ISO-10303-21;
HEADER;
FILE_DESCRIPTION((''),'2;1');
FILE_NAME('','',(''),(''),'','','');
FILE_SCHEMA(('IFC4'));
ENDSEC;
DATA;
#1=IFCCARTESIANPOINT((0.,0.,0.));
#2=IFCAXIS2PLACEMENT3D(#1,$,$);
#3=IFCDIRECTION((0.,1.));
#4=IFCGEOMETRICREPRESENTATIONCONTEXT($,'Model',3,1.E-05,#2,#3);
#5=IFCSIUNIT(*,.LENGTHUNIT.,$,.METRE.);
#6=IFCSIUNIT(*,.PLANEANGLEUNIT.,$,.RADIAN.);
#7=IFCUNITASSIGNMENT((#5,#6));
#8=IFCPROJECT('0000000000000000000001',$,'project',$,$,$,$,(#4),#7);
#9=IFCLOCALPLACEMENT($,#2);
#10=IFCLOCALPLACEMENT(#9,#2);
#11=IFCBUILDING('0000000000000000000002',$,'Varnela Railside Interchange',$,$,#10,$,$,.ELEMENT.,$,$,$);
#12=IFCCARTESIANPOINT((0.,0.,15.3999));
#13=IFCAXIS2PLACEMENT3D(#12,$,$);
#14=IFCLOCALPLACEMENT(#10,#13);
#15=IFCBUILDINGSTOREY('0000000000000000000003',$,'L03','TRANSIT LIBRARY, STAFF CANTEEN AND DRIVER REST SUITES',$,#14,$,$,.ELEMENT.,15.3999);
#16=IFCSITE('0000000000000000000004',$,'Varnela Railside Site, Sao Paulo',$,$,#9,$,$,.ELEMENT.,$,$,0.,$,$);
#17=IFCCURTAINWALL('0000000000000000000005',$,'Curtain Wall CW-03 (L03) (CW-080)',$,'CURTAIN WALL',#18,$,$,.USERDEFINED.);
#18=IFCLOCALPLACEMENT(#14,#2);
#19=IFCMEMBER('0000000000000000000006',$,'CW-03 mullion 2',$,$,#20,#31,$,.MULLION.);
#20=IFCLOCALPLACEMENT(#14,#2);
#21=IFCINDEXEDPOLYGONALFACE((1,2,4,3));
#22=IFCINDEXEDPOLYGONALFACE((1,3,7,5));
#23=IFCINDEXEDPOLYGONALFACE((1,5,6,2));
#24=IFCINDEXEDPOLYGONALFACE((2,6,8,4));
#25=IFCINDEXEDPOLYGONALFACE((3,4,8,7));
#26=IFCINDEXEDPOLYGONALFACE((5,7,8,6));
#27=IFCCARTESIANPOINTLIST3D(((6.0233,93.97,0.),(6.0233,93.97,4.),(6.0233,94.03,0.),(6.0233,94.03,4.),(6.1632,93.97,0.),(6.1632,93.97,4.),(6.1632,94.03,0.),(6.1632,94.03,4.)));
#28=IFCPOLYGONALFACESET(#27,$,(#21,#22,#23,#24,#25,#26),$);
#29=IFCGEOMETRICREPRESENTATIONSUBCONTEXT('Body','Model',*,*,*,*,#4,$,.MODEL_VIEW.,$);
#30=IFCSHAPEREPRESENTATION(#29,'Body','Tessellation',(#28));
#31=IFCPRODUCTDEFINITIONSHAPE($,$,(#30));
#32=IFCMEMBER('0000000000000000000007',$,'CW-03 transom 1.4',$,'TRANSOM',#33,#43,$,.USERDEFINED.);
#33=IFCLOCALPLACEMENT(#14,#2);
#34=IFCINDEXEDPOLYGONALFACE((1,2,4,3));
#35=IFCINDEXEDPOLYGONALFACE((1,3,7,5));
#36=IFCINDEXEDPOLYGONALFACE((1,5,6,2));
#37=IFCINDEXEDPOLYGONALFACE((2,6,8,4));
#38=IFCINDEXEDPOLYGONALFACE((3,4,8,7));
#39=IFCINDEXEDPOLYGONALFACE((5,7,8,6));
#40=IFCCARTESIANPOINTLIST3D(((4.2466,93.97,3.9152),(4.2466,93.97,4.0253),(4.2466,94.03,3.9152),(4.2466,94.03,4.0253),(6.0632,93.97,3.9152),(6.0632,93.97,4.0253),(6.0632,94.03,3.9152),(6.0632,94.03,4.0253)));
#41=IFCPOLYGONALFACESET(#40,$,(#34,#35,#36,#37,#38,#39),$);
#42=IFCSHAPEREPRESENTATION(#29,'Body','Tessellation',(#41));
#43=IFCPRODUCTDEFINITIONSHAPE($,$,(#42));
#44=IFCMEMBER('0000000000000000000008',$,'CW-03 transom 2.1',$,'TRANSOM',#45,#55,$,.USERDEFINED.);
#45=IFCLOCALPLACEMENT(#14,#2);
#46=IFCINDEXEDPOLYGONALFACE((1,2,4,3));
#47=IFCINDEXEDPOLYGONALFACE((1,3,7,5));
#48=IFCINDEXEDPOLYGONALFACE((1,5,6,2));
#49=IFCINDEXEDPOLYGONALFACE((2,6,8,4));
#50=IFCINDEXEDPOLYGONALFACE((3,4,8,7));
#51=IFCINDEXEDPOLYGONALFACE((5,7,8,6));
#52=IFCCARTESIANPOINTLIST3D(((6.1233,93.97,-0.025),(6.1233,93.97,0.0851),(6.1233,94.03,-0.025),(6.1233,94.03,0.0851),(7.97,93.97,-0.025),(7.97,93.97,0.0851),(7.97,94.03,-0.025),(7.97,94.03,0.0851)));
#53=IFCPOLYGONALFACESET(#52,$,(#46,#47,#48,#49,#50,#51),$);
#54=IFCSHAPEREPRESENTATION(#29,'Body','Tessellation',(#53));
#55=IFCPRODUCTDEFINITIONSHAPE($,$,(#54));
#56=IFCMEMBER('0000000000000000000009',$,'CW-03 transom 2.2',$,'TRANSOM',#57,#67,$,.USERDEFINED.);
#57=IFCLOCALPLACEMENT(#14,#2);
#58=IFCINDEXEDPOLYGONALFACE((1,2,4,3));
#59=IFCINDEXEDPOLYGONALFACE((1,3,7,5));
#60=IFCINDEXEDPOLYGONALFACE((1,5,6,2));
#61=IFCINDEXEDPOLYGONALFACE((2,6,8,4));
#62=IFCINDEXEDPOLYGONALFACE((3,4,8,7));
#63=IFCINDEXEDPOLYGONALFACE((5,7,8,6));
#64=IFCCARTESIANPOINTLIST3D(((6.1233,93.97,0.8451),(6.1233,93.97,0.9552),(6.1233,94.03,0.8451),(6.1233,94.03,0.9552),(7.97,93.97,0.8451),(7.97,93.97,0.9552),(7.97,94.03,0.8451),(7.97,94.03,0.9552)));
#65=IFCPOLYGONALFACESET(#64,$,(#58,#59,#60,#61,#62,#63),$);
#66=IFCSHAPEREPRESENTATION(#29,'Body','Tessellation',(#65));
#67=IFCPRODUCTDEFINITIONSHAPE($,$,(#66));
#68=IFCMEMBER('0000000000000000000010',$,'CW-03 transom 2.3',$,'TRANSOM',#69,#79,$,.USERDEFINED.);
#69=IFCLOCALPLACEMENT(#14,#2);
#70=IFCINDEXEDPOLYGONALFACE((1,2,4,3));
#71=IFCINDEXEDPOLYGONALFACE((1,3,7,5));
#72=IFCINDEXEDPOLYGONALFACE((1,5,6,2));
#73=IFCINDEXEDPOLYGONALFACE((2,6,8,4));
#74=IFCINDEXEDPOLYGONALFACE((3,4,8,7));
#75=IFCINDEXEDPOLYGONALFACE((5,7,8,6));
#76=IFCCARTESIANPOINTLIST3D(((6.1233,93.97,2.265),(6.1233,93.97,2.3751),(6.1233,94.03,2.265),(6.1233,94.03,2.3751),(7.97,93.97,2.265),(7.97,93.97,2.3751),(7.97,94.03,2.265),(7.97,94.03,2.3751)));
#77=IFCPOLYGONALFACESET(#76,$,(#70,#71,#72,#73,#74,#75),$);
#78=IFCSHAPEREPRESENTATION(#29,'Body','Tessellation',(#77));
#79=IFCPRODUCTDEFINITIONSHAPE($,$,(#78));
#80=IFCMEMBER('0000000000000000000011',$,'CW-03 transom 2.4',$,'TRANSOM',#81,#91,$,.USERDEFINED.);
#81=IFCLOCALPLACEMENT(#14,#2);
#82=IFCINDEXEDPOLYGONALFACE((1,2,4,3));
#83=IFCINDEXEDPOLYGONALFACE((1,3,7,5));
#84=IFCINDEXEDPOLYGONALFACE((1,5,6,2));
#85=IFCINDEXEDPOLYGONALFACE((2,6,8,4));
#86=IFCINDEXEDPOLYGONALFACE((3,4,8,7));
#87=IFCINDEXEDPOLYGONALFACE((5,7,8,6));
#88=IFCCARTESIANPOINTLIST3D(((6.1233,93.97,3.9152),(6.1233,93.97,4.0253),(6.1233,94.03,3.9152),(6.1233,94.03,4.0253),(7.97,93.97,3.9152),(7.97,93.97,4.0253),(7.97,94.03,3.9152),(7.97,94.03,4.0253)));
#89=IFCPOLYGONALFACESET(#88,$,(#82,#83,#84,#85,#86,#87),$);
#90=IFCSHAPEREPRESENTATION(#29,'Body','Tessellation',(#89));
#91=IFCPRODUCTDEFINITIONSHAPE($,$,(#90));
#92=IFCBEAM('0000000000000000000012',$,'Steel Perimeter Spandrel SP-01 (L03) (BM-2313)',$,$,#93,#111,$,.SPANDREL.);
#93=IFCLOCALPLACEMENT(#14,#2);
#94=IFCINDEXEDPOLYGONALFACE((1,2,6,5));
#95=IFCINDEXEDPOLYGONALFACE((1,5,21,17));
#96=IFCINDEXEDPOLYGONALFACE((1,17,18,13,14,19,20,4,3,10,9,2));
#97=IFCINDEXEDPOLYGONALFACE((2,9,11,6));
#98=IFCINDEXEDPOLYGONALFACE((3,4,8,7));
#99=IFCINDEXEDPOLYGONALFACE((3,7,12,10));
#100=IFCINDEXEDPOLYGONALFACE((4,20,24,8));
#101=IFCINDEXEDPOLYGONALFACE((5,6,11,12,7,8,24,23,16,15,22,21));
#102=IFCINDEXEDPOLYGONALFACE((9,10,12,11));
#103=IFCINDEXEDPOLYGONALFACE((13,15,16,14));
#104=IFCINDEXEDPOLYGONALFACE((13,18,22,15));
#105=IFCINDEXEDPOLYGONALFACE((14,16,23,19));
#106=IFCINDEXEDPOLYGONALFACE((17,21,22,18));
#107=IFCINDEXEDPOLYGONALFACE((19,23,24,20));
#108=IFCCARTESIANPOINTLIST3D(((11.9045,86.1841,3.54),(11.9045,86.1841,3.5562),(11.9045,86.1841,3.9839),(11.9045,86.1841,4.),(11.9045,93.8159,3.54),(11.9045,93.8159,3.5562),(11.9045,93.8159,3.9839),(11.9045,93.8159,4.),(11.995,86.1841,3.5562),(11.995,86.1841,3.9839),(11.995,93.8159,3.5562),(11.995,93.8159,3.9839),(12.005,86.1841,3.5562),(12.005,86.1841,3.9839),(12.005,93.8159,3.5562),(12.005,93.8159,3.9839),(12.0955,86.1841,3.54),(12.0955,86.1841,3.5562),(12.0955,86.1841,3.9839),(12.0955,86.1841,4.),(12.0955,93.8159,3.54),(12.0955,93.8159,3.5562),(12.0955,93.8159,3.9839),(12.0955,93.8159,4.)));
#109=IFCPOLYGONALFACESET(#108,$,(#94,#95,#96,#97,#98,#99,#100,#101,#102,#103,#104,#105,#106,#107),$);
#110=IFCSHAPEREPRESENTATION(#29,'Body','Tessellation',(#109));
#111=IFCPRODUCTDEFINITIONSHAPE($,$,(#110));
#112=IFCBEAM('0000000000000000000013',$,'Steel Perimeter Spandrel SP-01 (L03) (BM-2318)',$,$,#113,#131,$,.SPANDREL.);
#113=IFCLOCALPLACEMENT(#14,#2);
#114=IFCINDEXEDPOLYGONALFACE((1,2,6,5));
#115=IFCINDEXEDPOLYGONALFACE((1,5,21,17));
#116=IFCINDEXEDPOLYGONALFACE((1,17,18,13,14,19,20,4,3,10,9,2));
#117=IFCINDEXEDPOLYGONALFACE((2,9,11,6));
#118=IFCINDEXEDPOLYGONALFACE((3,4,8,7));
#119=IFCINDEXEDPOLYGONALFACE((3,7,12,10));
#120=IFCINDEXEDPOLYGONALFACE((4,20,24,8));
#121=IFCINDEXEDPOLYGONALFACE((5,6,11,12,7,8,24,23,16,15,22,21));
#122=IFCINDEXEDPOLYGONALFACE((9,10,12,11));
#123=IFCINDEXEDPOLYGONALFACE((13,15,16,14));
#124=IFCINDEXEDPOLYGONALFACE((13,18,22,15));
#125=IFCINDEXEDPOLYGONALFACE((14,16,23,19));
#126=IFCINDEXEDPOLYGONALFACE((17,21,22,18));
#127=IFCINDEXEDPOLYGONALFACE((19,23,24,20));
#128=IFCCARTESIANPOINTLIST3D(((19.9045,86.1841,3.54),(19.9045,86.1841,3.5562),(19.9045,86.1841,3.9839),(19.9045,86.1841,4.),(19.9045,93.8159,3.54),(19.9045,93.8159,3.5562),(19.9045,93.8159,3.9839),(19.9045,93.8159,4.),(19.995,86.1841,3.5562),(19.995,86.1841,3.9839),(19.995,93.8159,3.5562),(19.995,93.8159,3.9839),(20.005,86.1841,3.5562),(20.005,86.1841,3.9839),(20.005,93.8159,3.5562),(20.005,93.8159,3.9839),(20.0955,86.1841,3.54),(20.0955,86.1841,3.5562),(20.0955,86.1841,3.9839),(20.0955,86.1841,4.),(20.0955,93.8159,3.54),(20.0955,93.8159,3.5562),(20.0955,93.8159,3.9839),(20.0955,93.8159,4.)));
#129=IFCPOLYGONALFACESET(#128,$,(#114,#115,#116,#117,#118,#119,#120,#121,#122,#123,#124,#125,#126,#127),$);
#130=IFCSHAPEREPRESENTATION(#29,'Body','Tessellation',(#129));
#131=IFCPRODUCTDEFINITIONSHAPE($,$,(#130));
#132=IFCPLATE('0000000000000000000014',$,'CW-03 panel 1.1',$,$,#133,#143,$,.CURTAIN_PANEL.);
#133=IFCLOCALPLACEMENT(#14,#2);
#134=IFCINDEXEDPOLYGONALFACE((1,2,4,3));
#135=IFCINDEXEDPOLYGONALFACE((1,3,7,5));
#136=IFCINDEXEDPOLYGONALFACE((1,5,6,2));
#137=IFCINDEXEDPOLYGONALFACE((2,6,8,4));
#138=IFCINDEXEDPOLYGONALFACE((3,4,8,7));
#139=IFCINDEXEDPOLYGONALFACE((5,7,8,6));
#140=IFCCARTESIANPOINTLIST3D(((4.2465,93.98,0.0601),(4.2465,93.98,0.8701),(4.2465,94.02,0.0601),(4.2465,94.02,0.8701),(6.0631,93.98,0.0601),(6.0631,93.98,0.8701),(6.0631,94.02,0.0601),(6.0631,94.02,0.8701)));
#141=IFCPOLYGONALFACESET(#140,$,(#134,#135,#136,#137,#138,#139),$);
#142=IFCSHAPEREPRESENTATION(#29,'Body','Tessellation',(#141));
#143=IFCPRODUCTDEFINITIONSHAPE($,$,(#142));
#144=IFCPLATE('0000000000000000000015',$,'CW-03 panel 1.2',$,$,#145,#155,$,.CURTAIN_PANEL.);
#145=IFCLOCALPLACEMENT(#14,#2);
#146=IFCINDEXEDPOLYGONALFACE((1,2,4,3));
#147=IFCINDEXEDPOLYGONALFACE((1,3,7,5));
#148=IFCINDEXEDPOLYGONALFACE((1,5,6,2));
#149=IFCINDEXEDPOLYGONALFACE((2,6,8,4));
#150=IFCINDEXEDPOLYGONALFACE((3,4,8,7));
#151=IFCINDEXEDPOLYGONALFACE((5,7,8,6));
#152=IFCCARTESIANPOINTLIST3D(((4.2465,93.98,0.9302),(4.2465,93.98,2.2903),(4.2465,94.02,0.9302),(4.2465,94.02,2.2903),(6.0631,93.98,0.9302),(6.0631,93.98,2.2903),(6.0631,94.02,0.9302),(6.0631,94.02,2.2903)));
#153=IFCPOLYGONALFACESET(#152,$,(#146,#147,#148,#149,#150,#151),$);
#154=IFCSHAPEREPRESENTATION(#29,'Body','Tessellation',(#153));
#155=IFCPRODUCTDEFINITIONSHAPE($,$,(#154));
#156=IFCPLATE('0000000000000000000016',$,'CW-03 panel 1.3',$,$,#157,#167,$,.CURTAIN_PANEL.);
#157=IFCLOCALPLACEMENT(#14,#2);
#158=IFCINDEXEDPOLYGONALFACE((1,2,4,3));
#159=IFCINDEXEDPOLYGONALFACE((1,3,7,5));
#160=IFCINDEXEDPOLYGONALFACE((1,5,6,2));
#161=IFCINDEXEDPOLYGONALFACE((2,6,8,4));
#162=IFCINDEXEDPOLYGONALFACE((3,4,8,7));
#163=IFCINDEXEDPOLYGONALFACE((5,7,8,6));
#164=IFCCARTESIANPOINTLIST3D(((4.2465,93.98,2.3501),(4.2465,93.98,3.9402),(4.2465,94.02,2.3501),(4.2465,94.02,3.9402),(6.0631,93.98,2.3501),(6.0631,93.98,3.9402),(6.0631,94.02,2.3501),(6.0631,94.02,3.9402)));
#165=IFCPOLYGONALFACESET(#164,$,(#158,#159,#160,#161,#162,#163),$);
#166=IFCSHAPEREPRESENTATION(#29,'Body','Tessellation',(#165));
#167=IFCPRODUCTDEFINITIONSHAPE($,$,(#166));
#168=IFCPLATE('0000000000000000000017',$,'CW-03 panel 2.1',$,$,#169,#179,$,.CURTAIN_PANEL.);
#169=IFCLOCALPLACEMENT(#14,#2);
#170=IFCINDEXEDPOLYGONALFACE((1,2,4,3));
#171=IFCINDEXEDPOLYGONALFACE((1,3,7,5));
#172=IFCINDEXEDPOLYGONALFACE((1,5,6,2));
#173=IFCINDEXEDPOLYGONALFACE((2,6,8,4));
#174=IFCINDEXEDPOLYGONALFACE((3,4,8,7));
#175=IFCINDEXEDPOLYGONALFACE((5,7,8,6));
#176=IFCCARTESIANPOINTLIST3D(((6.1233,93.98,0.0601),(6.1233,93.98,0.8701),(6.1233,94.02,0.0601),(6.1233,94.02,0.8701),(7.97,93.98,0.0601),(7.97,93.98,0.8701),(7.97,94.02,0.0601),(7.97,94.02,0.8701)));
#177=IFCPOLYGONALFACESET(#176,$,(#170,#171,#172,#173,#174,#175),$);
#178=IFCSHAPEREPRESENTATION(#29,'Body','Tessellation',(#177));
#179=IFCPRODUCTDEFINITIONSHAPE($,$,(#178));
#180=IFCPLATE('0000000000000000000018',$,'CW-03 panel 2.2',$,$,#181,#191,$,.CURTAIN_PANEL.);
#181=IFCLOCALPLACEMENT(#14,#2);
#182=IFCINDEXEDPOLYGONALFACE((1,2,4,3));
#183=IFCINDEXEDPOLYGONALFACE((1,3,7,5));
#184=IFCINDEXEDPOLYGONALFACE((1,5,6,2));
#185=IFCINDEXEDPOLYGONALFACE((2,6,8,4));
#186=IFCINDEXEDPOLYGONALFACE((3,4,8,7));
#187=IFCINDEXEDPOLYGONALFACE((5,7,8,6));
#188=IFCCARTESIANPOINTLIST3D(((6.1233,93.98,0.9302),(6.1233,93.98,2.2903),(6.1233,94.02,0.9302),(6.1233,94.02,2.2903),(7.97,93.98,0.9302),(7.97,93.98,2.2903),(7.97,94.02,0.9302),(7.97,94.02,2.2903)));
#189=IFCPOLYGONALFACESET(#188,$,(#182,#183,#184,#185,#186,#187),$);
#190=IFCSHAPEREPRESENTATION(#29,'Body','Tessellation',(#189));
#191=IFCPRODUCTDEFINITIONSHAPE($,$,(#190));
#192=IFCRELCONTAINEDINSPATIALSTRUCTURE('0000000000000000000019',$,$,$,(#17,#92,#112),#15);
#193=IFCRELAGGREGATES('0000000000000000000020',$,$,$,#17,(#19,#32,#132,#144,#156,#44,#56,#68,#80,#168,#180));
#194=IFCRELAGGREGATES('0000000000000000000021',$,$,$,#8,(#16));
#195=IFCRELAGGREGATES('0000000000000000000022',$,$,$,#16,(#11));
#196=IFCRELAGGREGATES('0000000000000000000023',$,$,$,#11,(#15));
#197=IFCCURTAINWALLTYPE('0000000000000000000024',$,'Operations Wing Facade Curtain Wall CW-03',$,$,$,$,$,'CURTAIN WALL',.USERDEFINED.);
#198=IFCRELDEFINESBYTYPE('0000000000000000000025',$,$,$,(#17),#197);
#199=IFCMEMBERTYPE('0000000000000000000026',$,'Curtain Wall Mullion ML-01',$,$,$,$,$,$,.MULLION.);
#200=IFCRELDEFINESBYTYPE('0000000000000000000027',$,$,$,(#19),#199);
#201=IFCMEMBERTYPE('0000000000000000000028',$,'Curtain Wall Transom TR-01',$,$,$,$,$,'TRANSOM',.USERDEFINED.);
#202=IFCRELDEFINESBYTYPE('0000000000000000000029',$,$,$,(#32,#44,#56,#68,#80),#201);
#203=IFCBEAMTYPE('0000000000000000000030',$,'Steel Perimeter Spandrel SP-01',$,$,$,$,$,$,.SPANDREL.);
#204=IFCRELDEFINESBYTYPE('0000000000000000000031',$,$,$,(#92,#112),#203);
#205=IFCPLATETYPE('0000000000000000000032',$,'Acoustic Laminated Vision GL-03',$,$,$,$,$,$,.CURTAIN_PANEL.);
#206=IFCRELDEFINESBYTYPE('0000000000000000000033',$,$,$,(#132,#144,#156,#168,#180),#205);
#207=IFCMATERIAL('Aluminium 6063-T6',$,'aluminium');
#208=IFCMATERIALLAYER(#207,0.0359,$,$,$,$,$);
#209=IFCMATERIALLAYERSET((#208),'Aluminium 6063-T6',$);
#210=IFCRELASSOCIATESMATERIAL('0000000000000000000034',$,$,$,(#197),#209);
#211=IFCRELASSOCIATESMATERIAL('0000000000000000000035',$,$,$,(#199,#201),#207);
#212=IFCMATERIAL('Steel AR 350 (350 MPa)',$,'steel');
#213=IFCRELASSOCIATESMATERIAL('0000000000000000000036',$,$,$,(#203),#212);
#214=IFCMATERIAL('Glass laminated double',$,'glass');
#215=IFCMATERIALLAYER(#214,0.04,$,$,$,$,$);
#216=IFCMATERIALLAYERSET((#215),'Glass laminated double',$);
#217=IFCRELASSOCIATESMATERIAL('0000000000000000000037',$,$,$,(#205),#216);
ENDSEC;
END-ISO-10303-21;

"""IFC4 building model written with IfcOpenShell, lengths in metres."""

from ifc_helpers import new_model, si_unit, direction, frame, origin, origin_2d, place, context, subcontext, project, spatial, rectangle, i_section, extrude, material, layer, layer_set, material_profile, profile_set, type_object, element, aggregate, save


model = new_model("IFC4")

# Units and contexts
model_context = context("Model", 3, precision=1e-05, world=origin(), true_north=direction((0.0, 1.0)))
body_context = subcontext(model_context, "Body", "Model", "MODEL_VIEW")
ifc_project = project(units=[si_unit("LENGTHUNIT", "METRE"), si_unit("PLANEANGLEUNIT", "RADIAN")], contexts=[model_context])

# Site, building, storey
site_placement = place(None, origin())
site = spatial("IfcSite", under=ifc_project, at=site_placement, Name="Varnela Railside Site, Sao Paulo", CompositionType="ELEMENT", RefElevation=0.0)
building_placement = place(site_placement, origin())
building = spatial("IfcBuilding", under=site, at=building_placement, Name="Varnela Railside Interchange", CompositionType="ELEMENT")
storey_placement = place(building_placement, frame((0.0, 0.0, 15.3999)))
storey = spatial("IfcBuildingStorey", under=building, at=storey_placement, Name="L03", Description="TRANSIT LIBRARY, STAFF CANTEEN AND DRIVER REST SUITES", CompositionType="ELEMENT", Elevation=15.3999)

# Shared definitions
ifc_material_1 = material(Name="Steel AR 350 (350 MPa)", Category="steel")

# Curtain wall, members
ifc_material_2 = material(Name="Aluminium 6063-T6", Category="aluminium")
ifc_layer_1 = layer(ifc_material_2, 0.0359)
ifc_layer_set_1 = layer_set([ifc_layer_1], Name="Aluminium 6063-T6")
curtain_wall_type = type_object("IfcCurtainWallType", Name="Operations Wing Facade Curtain Wall CW-03", ElementType="CURTAIN WALL", PredefinedType="USERDEFINED", material=ifc_layer_set_1)
curtain_wall_placement = place(storey_placement, origin())
curtain_wall = element("IfcCurtainWall", 1, at=curtain_wall_placement, inside=storey, type_object=curtain_wall_type, Name="Curtain Wall CW-03 (L03) (CW-080)", ObjectType="CURTAIN WALL", PredefinedType="USERDEFINED")
ifc_material_profile_1 = material_profile(ifc_material_2, rectangle(XDim=0.0601, YDim=0.1399, at=origin_2d()), Name="ALU 60x140")
ifc_profile_set_1 = profile_set([ifc_material_profile_1], Name="Aluminium 6063-T6")
member_type_1 = type_object("IfcMemberType", Name="Curtain Wall Mullion ML-01", PredefinedType="MULLION", material=ifc_profile_set_1)
member_1_placement = place(storey_placement, frame((6.0933, 94.0, 0.0), z_axis=(0.0, 0.0, 1.0), x_axis=(0.0, 1.0, 0.0)))
member_1 = element("IfcMember", 2, at=member_1_placement, type_object=member_type_1, Name="CW-03 mullion 2", PredefinedType="MULLION", context=body_context, shape_type="SweptSolid", body=[
    extrude(rectangle(XDim=0.0601, YDim=0.1399, at=origin_2d()), origin(), (0.0, 0.0, 1.0), 4.0),
])
ifc_material_profile_2 = material_profile(ifc_material_2, rectangle(XDim=0.0601, YDim=0.1101, at=origin_2d()), Name="ALU 60x110")
ifc_profile_set_2 = profile_set([ifc_material_profile_2], Name="Aluminium 6063-T6")
member_type_2 = type_object("IfcMemberType", Name="Curtain Wall Transom TR-01", ElementType="TRANSOM", PredefinedType="USERDEFINED", material=ifc_profile_set_2)
member_2_placement = place(storey_placement, frame((4.2466, 94.0, 3.9702), z_axis=(1.0, 0.0, 0.0), x_axis=(0.0, 1.0, 0.0)))
member_2 = element("IfcMember", 3, at=member_2_placement, type_object=member_type_2, Name="CW-03 transom 1.4", ObjectType="TRANSOM", PredefinedType="USERDEFINED", context=body_context, shape_type="SweptSolid", body=[
    extrude(rectangle(XDim=0.0601, YDim=0.1101, at=origin_2d()), origin(), (0.0, 0.0, 1.0), 1.8167),
])
member_3_placement = place(storey_placement, frame((6.1233, 94.0, 0.03), z_axis=(1.0, 0.0, 0.0), x_axis=(0.0, 1.0, 0.0)))
member_3 = element("IfcMember", 4, at=member_3_placement, type_object=member_type_2, Name="CW-03 transom 2.1", ObjectType="TRANSOM", PredefinedType="USERDEFINED", context=body_context, shape_type="SweptSolid", body=[
    extrude(rectangle(XDim=0.0601, YDim=0.1101, at=origin_2d()), origin(), (0.0, 0.0, 1.0), 1.8467),
])
member_4_placement = place(storey_placement, frame((6.1233, 94.0, 0.9001), z_axis=(1.0, 0.0, 0.0), x_axis=(0.0, 1.0, 0.0)))
member_4 = element("IfcMember", 5, at=member_4_placement, type_object=member_type_2, Name="CW-03 transom 2.2", ObjectType="TRANSOM", PredefinedType="USERDEFINED", context=body_context, shape_type="SweptSolid", body=[
    extrude(rectangle(XDim=0.0601, YDim=0.1101, at=origin_2d()), origin(), (0.0, 0.0, 1.0), 1.8467),
])
member_5_placement = place(storey_placement, frame((6.1233, 94.0, 2.3201), z_axis=(1.0, 0.0, 0.0), x_axis=(0.0, 1.0, 0.0)))
member_5 = element("IfcMember", 6, at=member_5_placement, type_object=member_type_2, Name="CW-03 transom 2.3", ObjectType="TRANSOM", PredefinedType="USERDEFINED", context=body_context, shape_type="SweptSolid", body=[
    extrude(rectangle(XDim=0.0601, YDim=0.1101, at=origin_2d()), origin(), (0.0, 0.0, 1.0), 1.8467),
])
member_6_placement = place(storey_placement, frame((6.1233, 94.0, 3.9702), z_axis=(1.0, 0.0, 0.0), x_axis=(0.0, 1.0, 0.0)))
member_6 = element("IfcMember", 7, at=member_6_placement, type_object=member_type_2, Name="CW-03 transom 2.4", ObjectType="TRANSOM", PredefinedType="USERDEFINED", context=body_context, shape_type="SweptSolid", body=[
    extrude(rectangle(XDim=0.0601, YDim=0.1101, at=origin_2d()), origin(), (0.0, 0.0, 1.0), 1.8467),
])

# Beams
ifc_material_profile_3 = material_profile(ifc_material_1, i_section(OverallWidth=0.1909, OverallDepth=0.46, WebThickness=0.01, FlangeThickness=0.0161, at=origin_2d()), Name="W460x82")
ifc_profile_set_3 = profile_set([ifc_material_profile_3], Name="Steel AR 350 (350 MPa)")
beam_type_1 = type_object("IfcBeamType", Name="Steel Perimeter Spandrel SP-01", PredefinedType="SPANDREL", material=ifc_profile_set_3)
for number, where, z_axis, x_axis, name in (
    (8, (12.0, 86.1841, 3.77), (0.0, 1.0, 0.0), (-1.0, 0.0, 0.0), "Steel Perimeter Spandrel SP-01 (L03) (BM-2313)"),
    (9, (20.0, 86.1841, 3.77), (0.0, 1.0, 0.0), (-1.0, 0.0, 0.0), "Steel Perimeter Spandrel SP-01 (L03) (BM-2318)"),
):
    element("IfcBeam", number, at=place(storey_placement, frame(where, z_axis=z_axis, x_axis=x_axis)), inside=storey, type_object=beam_type_1, Name=name, PredefinedType="SPANDREL", context=body_context, shape_type="SweptSolid", body=[
        extrude(i_section(OverallWidth=0.1909, OverallDepth=0.46, WebThickness=0.01, FlangeThickness=0.0161, at=origin_2d()), origin(), (0.0, 0.0, 1.0), 7.6318),
    ])

# Plates
ifc_material_3 = material(Name="Glass laminated double", Category="glass")
ifc_layer_2 = layer(ifc_material_3, 0.04)
ifc_layer_set_2 = layer_set([ifc_layer_2], Name="Glass laminated double")
plate_type = type_object("IfcPlateType", Name="Acoustic Laminated Vision GL-03", PredefinedType="CURTAIN_PANEL", material=ifc_layer_set_2)
plate_1_placement = place(storey_placement, frame((5.1548, 94.0, 0.0601), z_axis=(0.0, 0.0, 1.0), x_axis=(1.0, 0.0, 0.0)))
plate_1 = element("IfcPlate", 10, at=plate_1_placement, type_object=plate_type, Name="CW-03 panel 1.1", PredefinedType="CURTAIN_PANEL", context=body_context, shape_type="SweptSolid", body=[
    extrude(rectangle(XDim=1.8167, YDim=0.04, at=origin_2d()), origin(), (0.0, 0.0, 1.0), 0.8101),
])
plate_2_placement = place(storey_placement, frame((5.1548, 94.0, 0.9302), z_axis=(0.0, 0.0, 1.0), x_axis=(1.0, 0.0, 0.0)))
plate_2 = element("IfcPlate", 11, at=plate_2_placement, type_object=plate_type, Name="CW-03 panel 1.2", PredefinedType="CURTAIN_PANEL", context=body_context, shape_type="SweptSolid", body=[
    extrude(rectangle(XDim=1.8167, YDim=0.04, at=origin_2d()), origin(), (0.0, 0.0, 1.0), 1.3601),
])
plate_3_placement = place(storey_placement, frame((5.1548, 94.0, 2.3501), z_axis=(0.0, 0.0, 1.0), x_axis=(1.0, 0.0, 0.0)))
plate_3 = element("IfcPlate", 12, at=plate_3_placement, type_object=plate_type, Name="CW-03 panel 1.3", PredefinedType="CURTAIN_PANEL", context=body_context, shape_type="SweptSolid", body=[
    extrude(rectangle(XDim=1.8167, YDim=0.04, at=origin_2d()), origin(), (0.0, 0.0, 1.0), 1.5901),
])
plate_4_placement = place(storey_placement, frame((7.0466, 94.0, 0.0601), z_axis=(0.0, 0.0, 1.0), x_axis=(1.0, 0.0, 0.0)))
plate_4 = element("IfcPlate", 13, at=plate_4_placement, type_object=plate_type, Name="CW-03 panel 2.1", PredefinedType="CURTAIN_PANEL", context=body_context, shape_type="SweptSolid", body=[
    extrude(rectangle(XDim=1.8467, YDim=0.04, at=origin_2d()), origin(), (0.0, 0.0, 1.0), 0.8101),
])
plate_5_placement = place(storey_placement, frame((7.0466, 94.0, 0.9302), z_axis=(0.0, 0.0, 1.0), x_axis=(1.0, 0.0, 0.0)))
plate_5 = element("IfcPlate", 14, at=plate_5_placement, type_object=plate_type, Name="CW-03 panel 2.2", PredefinedType="CURTAIN_PANEL", context=body_context, shape_type="SweptSolid", body=[
    extrude(rectangle(XDim=1.8467, YDim=0.04, at=origin_2d()), origin(), (0.0, 0.0, 1.0), 1.3601),
])
aggregate(curtain_wall, [member_1, member_2, plate_1, plate_2, plate_3, member_3, member_4, member_5, member_6, plate_4, plate_5])

save(model, "model.ifc")
